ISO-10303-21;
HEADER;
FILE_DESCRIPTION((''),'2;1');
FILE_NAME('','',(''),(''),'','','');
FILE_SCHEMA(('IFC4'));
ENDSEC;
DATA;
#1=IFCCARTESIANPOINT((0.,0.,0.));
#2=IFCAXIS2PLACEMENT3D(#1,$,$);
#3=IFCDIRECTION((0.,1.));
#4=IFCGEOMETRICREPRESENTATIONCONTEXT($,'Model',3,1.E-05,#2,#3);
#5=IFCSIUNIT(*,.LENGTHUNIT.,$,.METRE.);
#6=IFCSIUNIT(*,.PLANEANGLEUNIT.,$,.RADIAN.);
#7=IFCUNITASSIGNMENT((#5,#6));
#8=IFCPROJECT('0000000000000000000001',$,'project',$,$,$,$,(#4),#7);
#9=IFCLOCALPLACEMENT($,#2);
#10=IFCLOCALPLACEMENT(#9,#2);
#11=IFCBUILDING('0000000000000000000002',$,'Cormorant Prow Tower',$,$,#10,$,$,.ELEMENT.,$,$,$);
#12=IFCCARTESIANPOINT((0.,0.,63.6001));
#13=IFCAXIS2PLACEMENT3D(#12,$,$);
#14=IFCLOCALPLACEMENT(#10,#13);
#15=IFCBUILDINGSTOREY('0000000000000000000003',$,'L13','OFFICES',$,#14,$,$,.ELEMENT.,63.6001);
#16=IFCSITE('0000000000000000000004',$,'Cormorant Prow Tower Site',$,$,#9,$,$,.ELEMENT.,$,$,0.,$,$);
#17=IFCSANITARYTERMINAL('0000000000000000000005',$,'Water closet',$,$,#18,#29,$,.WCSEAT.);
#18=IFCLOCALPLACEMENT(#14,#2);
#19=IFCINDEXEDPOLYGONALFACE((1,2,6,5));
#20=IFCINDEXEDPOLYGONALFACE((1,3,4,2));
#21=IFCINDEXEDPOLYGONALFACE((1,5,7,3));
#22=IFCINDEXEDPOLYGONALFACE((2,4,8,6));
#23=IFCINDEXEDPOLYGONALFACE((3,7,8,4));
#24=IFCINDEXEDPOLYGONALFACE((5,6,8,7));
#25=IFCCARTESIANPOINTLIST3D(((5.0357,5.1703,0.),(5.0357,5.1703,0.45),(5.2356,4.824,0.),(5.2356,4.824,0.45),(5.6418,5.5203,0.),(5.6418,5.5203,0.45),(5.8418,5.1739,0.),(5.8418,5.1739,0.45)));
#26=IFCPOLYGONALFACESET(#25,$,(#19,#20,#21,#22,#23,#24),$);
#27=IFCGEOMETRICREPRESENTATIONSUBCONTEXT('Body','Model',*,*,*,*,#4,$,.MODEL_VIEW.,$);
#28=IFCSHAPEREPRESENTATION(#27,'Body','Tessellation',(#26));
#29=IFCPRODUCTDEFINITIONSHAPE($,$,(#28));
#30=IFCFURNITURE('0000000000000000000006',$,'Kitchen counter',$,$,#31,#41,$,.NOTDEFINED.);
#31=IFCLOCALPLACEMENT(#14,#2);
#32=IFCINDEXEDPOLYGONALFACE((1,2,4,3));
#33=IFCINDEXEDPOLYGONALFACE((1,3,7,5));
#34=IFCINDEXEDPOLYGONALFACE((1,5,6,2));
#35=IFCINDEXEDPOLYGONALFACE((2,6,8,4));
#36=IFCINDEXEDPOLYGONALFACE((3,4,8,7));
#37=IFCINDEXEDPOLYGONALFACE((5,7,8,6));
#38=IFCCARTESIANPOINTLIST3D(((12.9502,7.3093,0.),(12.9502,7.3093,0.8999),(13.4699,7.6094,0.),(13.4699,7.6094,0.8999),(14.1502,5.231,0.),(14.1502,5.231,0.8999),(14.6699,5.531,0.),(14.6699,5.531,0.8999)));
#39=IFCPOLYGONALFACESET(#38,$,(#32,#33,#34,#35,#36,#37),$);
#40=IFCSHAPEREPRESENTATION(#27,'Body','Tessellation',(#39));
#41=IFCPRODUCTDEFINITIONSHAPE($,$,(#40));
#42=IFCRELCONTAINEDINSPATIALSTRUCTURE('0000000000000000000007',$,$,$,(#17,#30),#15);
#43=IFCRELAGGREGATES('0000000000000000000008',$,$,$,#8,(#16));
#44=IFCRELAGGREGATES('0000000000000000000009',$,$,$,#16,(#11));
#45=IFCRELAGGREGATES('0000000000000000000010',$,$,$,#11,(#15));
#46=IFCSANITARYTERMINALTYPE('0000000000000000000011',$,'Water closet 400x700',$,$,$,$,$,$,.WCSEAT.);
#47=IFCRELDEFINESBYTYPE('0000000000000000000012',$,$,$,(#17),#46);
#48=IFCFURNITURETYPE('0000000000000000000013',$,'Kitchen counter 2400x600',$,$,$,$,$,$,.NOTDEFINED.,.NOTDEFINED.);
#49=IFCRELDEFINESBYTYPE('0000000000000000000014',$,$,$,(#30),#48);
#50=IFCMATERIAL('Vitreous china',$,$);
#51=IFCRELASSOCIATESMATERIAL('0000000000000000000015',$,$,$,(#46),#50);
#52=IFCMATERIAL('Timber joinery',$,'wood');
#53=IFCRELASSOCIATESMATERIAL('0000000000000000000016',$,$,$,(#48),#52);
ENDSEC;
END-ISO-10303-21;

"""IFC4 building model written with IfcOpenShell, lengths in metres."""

from ifc_helpers import new_model, si_unit, direction, frame, origin, origin_2d, place, context, subcontext, project, spatial, rectangle, extrude, material, type_object, element, save


model = new_model("IFC4")

# Units and contexts
model_context = context("Model", 3, precision=1e-05, world=origin(), true_north=direction((0.0, 1.0)))
body_context = subcontext(model_context, "Body", "Model", "MODEL_VIEW")
ifc_project = project(units=[si_unit("LENGTHUNIT", "METRE"), si_unit("PLANEANGLEUNIT", "RADIAN")], contexts=[model_context])

# Site, building, storey
site_placement = place(None, origin())
site = spatial("IfcSite", under=ifc_project, at=site_placement, Name="Cormorant Prow Tower Site", CompositionType="ELEMENT", RefElevation=0.0)
building_placement = place(site_placement, origin())
building = spatial("IfcBuilding", under=site, at=building_placement, Name="Cormorant Prow Tower", CompositionType="ELEMENT")
storey_placement = place(building_placement, frame((0.0, 0.0, 63.6001)))
storey = spatial("IfcBuildingStorey", under=building, at=storey_placement, Name="L13", Description="OFFICES", CompositionType="ELEMENT", Elevation=63.6001)

# Sanitary terminal
ifc_material_1 = material(Name="Vitreous china")
sanitary_terminal_type_1 = type_object("IfcSanitaryTerminalType", Name="Water closet 400x700", PredefinedType="WCSEAT", material=ifc_material_1)
for number, where, z_axis, x_axis, name in (
    (1, (5.4387, 5.1721, 0.0), (0.0, 0.0, 1.0), (0.5, -0.866025, 0.0), "Water closet"),
):
    element("IfcSanitaryTerminal", number, at=place(storey_placement, frame(where, z_axis=z_axis, x_axis=x_axis)), inside=storey, type_object=sanitary_terminal_type_1, Name=name, PredefinedType="WCSEAT", context=body_context, shape_type="SweptSolid", body=[
        extrude(rectangle(XDim=0.3999, YDim=0.7, at=origin_2d()), origin(), (0.0, 0.0, 1.0), 0.45),
    ])

# Furniture
ifc_material_2 = material(Name="Timber joinery", Category="wood")
furniture_type = type_object("IfcFurnitureType", Name="Kitchen counter 2400x600", AssemblyPlace="NOTDEFINED", PredefinedType="NOTDEFINED", material=ifc_material_2)
furniture_placement = place(storey_placement, frame((13.8101, 6.4202, 0.0), z_axis=(0.0, 0.0, 1.0), x_axis=(0.5, -0.866025, 0.0)))
element("IfcFurniture", 2, at=furniture_placement, inside=storey, type_object=furniture_type, Name="Kitchen counter", PredefinedType="NOTDEFINED", context=body_context, shape_type="SweptSolid", body=[
    extrude(rectangle(XDim=2.3999, YDim=0.6001, at=origin_2d()), origin(), (0.0, 0.0, 1.0), 0.8999),
])

save(model, "model.ifc")
